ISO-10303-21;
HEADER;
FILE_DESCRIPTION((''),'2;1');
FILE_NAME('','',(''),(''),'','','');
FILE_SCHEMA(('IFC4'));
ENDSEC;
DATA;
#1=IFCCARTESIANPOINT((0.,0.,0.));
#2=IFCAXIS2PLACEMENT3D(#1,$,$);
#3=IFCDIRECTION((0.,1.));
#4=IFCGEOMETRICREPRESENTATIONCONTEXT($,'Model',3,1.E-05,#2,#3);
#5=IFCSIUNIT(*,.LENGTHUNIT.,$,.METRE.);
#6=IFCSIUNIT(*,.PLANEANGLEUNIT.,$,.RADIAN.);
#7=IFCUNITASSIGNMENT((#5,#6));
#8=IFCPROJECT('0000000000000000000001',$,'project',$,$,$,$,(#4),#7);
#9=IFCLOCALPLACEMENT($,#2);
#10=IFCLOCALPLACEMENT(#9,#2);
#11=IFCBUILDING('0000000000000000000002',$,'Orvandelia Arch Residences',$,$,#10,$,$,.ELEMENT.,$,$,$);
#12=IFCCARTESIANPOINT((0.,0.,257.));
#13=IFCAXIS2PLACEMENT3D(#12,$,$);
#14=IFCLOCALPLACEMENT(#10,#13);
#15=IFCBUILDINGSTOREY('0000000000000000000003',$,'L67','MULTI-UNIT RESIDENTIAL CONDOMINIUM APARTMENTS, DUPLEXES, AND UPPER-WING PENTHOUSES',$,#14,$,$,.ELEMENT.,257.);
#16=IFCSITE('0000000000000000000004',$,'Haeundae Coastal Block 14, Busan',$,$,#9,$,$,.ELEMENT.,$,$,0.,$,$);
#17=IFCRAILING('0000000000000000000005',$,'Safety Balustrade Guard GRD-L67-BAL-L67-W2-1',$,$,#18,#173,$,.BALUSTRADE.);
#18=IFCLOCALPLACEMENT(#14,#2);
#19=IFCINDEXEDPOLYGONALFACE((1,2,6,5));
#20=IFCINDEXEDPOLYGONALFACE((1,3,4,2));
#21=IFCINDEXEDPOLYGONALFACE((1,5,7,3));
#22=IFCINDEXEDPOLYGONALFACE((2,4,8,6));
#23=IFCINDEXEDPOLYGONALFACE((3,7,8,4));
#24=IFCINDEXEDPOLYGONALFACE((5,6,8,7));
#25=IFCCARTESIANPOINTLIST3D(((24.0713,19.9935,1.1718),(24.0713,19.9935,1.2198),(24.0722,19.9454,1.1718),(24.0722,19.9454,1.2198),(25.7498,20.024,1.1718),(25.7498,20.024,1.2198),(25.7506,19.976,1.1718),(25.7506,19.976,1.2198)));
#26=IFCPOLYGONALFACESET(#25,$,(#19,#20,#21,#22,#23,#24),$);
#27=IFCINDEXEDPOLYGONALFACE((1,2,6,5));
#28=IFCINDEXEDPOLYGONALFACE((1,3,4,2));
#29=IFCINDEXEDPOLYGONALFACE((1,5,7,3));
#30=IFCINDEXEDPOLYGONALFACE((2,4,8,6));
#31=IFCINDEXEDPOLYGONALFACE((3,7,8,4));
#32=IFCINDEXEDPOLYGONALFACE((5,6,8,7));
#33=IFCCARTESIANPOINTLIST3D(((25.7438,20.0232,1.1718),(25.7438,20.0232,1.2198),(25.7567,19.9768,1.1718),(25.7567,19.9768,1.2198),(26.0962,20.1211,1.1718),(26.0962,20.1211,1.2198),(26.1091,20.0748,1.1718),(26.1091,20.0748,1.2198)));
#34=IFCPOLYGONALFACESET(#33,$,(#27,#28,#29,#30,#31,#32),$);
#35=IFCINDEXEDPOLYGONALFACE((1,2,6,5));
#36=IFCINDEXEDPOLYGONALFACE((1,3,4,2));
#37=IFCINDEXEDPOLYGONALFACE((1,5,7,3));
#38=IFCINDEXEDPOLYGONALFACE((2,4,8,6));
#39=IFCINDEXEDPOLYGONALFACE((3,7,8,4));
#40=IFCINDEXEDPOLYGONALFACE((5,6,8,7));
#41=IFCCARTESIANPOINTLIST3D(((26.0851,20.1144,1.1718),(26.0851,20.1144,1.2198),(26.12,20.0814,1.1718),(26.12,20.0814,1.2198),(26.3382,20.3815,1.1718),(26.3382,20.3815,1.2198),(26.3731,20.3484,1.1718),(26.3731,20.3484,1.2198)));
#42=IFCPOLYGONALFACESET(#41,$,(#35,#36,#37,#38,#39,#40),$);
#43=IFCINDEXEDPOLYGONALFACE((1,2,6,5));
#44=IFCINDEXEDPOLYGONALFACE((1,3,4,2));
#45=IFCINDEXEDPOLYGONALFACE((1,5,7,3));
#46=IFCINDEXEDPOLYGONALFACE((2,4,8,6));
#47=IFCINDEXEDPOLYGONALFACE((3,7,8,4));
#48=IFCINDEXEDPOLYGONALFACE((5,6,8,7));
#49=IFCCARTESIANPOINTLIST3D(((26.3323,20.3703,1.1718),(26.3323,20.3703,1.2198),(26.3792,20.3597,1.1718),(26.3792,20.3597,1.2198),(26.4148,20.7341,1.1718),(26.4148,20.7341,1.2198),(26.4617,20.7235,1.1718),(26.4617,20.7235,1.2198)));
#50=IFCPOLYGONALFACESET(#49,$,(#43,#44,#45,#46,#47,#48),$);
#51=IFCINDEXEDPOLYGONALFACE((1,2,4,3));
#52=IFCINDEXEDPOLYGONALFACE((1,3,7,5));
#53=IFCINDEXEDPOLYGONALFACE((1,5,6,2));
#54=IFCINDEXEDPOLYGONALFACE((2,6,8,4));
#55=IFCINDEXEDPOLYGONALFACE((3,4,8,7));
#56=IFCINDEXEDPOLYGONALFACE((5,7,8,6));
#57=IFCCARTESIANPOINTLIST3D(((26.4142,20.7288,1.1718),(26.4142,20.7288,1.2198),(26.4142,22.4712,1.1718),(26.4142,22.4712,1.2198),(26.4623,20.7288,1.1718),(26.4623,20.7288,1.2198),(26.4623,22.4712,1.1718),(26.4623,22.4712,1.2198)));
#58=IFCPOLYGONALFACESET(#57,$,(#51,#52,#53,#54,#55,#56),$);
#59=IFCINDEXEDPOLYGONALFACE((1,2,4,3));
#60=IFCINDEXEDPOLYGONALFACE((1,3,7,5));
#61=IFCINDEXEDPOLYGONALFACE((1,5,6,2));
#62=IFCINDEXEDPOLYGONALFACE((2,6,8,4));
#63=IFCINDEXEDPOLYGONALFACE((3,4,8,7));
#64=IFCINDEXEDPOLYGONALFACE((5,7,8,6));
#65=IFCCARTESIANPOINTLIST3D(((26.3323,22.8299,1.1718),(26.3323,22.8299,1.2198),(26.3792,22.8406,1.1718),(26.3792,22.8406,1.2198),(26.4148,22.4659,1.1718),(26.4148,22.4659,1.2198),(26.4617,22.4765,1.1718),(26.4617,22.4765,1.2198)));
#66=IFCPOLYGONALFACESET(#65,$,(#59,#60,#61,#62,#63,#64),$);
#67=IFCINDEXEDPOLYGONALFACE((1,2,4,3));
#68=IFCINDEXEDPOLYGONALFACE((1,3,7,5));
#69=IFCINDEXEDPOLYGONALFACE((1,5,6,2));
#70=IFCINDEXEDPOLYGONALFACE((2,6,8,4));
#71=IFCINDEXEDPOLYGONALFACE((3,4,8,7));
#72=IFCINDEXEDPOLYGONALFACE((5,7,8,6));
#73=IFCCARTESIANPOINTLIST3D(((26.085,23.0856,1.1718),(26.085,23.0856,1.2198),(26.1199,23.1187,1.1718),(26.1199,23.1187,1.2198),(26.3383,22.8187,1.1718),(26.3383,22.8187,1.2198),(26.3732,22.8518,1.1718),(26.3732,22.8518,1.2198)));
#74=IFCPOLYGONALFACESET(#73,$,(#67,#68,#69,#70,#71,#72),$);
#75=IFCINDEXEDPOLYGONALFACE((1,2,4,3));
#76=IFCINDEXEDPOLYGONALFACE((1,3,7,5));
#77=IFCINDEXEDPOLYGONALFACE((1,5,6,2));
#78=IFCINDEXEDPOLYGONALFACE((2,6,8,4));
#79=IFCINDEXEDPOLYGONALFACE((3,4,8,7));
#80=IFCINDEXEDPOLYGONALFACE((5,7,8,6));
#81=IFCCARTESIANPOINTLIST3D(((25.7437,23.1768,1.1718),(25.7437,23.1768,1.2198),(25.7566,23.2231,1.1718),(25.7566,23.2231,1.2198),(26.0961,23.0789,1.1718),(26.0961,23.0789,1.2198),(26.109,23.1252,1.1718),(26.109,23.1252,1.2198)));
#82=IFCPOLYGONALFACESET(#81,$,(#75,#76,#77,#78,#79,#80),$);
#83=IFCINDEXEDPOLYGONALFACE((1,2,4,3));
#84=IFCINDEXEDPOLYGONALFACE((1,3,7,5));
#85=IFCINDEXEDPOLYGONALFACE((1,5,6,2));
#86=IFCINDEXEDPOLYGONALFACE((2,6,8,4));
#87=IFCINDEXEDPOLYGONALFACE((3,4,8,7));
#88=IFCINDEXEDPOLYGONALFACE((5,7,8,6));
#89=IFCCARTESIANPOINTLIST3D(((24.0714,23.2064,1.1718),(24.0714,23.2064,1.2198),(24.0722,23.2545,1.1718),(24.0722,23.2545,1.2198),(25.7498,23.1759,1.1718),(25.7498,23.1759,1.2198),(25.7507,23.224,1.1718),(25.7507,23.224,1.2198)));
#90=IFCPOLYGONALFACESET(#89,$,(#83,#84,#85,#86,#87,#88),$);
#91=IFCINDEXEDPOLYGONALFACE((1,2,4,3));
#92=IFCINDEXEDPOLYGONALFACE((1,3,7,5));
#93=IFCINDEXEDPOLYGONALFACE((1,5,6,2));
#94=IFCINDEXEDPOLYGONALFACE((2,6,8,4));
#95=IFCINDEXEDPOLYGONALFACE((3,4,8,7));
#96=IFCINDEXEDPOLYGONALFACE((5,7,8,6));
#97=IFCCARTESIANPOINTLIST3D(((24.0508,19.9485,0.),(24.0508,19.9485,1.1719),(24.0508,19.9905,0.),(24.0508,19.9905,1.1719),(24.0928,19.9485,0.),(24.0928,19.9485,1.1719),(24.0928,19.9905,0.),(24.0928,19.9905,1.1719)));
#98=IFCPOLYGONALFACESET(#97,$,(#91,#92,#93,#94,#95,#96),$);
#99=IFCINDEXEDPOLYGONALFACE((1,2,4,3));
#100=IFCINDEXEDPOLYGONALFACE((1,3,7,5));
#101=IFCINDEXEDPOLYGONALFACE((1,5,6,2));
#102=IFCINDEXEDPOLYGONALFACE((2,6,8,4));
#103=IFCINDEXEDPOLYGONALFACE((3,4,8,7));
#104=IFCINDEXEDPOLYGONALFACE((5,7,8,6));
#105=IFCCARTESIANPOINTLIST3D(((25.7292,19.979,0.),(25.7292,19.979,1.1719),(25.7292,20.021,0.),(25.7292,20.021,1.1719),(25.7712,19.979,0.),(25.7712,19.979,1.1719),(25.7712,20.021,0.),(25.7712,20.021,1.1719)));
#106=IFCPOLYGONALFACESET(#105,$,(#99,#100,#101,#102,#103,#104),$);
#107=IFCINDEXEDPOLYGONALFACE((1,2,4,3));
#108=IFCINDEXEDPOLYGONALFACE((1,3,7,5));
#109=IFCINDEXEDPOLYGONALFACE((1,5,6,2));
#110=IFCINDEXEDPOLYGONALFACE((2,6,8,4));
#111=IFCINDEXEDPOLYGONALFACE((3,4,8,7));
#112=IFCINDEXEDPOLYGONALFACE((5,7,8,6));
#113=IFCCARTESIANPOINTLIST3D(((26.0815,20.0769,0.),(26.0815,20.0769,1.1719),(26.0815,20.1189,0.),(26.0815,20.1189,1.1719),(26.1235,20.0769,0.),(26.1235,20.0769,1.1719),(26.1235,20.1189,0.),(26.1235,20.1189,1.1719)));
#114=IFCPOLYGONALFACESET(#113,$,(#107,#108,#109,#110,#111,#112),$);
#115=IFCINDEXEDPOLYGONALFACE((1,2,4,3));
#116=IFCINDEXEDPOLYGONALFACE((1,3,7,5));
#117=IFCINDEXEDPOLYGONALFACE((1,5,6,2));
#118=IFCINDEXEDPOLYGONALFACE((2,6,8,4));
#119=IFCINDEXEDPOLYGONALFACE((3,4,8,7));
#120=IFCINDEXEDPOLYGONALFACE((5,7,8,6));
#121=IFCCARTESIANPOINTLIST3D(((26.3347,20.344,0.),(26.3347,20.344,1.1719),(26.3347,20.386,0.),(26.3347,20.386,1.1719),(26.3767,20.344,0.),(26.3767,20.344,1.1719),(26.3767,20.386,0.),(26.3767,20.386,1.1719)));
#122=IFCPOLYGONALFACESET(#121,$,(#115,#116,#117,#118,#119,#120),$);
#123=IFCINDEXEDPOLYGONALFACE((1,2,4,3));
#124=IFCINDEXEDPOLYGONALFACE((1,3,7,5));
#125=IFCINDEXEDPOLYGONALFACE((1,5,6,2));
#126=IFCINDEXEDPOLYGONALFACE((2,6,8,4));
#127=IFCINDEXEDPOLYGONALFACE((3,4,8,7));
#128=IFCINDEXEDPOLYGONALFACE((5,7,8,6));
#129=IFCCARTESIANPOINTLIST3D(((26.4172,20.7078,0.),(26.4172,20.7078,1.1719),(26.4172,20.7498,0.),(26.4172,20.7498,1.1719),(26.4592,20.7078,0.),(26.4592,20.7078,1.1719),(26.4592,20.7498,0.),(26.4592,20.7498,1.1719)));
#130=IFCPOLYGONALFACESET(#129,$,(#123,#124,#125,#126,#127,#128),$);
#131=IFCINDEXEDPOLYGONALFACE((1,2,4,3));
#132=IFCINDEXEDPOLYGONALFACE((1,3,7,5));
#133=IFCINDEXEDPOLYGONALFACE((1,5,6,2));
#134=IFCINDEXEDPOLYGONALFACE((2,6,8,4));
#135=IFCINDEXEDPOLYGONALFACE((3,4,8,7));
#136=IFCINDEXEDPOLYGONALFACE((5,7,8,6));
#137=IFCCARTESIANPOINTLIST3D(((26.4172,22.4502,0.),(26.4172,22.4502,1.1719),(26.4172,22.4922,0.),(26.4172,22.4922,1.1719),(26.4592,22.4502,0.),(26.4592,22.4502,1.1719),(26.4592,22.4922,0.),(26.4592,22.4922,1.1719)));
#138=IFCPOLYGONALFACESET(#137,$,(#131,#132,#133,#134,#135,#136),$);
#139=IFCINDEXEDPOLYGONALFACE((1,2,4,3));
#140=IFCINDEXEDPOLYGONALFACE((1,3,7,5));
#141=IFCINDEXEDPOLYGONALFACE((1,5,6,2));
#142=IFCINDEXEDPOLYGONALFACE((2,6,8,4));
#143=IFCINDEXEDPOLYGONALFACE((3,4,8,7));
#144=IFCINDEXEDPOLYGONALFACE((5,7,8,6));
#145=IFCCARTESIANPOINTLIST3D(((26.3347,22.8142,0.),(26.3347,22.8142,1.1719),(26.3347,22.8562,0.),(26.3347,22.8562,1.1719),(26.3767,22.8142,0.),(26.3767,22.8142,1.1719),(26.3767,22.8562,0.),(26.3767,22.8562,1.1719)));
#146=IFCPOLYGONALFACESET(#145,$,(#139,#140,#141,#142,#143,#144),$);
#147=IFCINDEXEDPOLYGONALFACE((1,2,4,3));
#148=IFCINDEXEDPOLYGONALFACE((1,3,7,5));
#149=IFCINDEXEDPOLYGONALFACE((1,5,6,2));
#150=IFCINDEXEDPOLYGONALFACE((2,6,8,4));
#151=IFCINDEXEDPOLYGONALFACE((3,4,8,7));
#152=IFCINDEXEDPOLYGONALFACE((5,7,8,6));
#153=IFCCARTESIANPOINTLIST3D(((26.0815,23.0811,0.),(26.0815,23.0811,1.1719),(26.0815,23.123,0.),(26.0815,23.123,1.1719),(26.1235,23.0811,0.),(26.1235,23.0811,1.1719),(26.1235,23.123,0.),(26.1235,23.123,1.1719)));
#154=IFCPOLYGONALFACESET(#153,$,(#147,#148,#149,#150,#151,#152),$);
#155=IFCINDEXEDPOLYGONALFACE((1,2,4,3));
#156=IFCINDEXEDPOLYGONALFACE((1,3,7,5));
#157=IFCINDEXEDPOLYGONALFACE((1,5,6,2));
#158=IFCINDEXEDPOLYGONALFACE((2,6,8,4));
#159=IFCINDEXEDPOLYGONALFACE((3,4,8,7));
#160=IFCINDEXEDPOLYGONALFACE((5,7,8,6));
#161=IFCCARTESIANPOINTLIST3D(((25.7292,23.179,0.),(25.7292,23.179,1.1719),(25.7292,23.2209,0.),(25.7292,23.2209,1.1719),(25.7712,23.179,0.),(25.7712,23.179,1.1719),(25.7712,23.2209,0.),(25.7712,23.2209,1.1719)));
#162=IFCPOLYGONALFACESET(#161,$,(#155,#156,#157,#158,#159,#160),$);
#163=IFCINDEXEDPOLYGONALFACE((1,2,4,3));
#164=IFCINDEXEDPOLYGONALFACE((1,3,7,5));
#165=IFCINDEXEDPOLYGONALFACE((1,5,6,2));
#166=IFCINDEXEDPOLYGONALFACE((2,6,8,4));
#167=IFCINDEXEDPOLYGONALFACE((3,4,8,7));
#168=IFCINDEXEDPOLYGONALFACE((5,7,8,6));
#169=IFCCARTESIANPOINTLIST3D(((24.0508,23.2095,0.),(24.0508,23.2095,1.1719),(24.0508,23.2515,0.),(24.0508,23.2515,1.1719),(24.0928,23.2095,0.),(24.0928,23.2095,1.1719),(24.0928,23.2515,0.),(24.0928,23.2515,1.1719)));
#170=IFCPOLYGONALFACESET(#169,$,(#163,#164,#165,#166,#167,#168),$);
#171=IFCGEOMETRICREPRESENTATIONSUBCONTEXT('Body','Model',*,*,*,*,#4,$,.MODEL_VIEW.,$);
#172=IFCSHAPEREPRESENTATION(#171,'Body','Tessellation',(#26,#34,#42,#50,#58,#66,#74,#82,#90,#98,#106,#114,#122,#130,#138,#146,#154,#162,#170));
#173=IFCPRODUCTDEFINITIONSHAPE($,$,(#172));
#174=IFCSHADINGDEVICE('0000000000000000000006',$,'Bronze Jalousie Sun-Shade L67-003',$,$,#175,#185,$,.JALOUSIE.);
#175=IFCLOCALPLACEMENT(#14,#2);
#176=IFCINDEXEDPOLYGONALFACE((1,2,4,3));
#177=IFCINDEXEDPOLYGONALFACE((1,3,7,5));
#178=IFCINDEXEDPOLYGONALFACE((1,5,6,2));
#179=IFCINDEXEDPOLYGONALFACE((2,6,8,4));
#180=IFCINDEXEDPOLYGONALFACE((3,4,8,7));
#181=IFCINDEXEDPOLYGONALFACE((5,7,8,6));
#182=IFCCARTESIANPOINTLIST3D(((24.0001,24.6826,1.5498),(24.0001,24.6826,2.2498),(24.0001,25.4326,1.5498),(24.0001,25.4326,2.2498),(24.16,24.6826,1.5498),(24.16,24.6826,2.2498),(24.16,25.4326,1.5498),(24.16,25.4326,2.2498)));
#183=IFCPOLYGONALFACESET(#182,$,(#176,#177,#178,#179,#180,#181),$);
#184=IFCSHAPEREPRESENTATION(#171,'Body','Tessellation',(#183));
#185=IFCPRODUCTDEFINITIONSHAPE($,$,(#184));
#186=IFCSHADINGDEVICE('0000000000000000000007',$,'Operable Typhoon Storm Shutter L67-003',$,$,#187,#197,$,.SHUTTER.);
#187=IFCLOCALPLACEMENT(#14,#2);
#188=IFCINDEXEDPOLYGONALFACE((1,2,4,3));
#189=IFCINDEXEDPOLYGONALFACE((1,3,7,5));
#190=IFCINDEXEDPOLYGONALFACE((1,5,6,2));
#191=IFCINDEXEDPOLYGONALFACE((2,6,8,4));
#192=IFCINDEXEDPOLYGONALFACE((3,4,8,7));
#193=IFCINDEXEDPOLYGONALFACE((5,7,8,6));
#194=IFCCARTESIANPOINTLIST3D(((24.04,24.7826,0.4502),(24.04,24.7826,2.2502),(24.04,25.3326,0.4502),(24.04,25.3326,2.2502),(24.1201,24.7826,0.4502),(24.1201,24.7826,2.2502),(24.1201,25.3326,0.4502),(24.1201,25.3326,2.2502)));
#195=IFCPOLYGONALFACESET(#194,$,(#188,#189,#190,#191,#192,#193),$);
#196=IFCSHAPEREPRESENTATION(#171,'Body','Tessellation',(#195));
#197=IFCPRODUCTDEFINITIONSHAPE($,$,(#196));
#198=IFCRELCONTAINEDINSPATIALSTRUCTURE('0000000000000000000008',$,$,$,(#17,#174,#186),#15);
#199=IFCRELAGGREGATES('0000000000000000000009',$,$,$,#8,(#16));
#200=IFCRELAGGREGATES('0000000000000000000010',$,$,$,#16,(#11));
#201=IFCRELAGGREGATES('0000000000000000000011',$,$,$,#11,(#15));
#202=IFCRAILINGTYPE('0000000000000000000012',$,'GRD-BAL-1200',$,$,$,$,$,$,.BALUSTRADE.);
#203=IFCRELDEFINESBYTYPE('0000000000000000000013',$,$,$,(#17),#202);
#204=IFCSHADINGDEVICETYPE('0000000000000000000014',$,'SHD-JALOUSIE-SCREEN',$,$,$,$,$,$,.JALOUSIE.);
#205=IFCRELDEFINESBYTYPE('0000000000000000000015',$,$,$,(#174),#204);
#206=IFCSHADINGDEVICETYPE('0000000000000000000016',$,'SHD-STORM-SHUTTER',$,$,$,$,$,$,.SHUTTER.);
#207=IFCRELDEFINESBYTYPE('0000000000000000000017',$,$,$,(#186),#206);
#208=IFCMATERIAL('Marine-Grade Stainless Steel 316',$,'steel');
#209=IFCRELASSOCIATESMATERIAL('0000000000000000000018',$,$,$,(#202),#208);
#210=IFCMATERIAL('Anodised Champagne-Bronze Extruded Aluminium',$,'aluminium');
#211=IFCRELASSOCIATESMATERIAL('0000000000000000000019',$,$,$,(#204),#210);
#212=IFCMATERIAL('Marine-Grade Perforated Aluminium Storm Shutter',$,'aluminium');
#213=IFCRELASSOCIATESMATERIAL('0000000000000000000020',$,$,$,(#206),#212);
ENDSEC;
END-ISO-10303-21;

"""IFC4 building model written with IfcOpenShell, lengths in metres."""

from ifc_helpers import new_model, si_unit, direction, frame, origin, origin_2d, place, context, subcontext, project, spatial, rectangle, extrude, material, type_object, element, save


model = new_model("IFC4")

# Units and contexts
model_context = context("Model", 3, precision=1e-05, world=origin(), true_north=direction((0.0, 1.0)))
body_context = subcontext(model_context, "Body", "Model", "MODEL_VIEW")
ifc_project = project(units=[si_unit("LENGTHUNIT", "METRE"), si_unit("PLANEANGLEUNIT", "RADIAN")], contexts=[model_context])

# Site, building, storey
site_placement = place(None, origin())
site = spatial("IfcSite", under=ifc_project, at=site_placement, Name="Haeundae Coastal Block 14, Busan", CompositionType="ELEMENT", RefElevation=0.0)
building_placement = place(site_placement, origin())
building = spatial("IfcBuilding", under=site, at=building_placement, Name="Orvandelia Arch Residences", CompositionType="ELEMENT")
storey_placement = place(building_placement, frame((0.0, 0.0, 257.0)))
storey = spatial("IfcBuildingStorey", under=building, at=storey_placement, Name="L67", Description="MULTI-UNIT RESIDENTIAL CONDOMINIUM APARTMENTS, DUPLEXES, AND UPPER-WING PENTHOUSES", CompositionType="ELEMENT", Elevation=257.0)

# Railing
ifc_material_1 = material(Name="Marine-Grade Stainless Steel 316", Category="steel")
railing_type = type_object("IfcRailingType", Name="GRD-BAL-1200", PredefinedType="BALUSTRADE", material=ifc_material_1)
railing_placement = place(storey_placement, frame((24.0718, 19.9695, 0.0)))
element("IfcRailing", 1, at=railing_placement, inside=storey, type_object=railing_type, Name="Safety Balustrade Guard GRD-L67-BAL-L67-W2-1", PredefinedType="BALUSTRADE", context=body_context, shape_type="SweptSolid", body=[
    extrude(rectangle(XDim=0.0481, YDim=0.0481, at=origin_2d()), frame((0.0, 0.0, 1.1958), z_axis=(0.999835, 0.018179, 0.0), x_axis=(-0.018179, 0.999835, 0.0)), (0.0, 0.0, 1.0), 1.6787),
    extrude(rectangle(XDim=0.0481, YDim=0.0481, at=origin_2d()), frame((1.6785, 0.0305, 1.1958), z_axis=(0.963489, 0.267747, 0.0), x_axis=(-0.267747, 0.963489, 0.0)), (0.0, 0.0, 1.0), 0.3657),
    extrude(rectangle(XDim=0.0481, YDim=0.0481, at=origin_2d()), frame((2.0308, 0.1284, 1.1958), z_axis=(0.687947, 0.725761, 0.0), x_axis=(-0.725761, 0.687947, 0.0)), (0.0, 0.0, 1.0), 0.3679),
    extrude(rectangle(XDim=0.0481, YDim=0.0481, at=origin_2d()), frame((2.2839, 0.3955, 1.1958), z_axis=(0.221225, 0.975223, 0.0), x_axis=(-0.975223, 0.221225, 0.0)), (0.0, 0.0, 1.0), 0.373),
    extrude(rectangle(XDim=0.0481, YDim=0.0481, at=origin_2d()), frame((2.3665, 0.7593, 1.1958), z_axis=(0.0, 1.0, 0.0), x_axis=(-1.0, 0.0, 0.0)), (0.0, 0.0, 1.0), 1.7424),
    extrude(rectangle(XDim=0.0481, YDim=0.0481, at=origin_2d()), frame((2.3665, 2.5017, 1.1958), z_axis=(-0.221084, 0.975255, 0.0), x_axis=(-0.975255, -0.221084, 0.0)), (0.0, 0.0, 1.0), 0.3733),
    extrude(rectangle(XDim=0.0481, YDim=0.0481, at=origin_2d()), frame((2.2839, 2.8657, 1.1958), z_axis=(-0.688278, 0.725447, 0.0), x_axis=(-0.725447, -0.688278, 0.0)), (0.0, 0.0, 1.0), 0.3679),
    extrude(rectangle(XDim=0.0481, YDim=0.0481, at=origin_2d()), frame((2.0308, 3.1326, 1.1958), z_axis=(-0.963489, 0.267747, 0.0), x_axis=(-0.267747, -0.963489, 0.0)), (0.0, 0.0, 1.0), 0.3657),
    extrude(rectangle(XDim=0.0481, YDim=0.0481, at=origin_2d()), frame((1.6785, 3.2305, 1.1958), z_axis=(-0.999835, 0.018179, 0.0), x_axis=(-0.018179, -0.999835, 0.0)), (0.0, 0.0, 1.0), 1.6787),
    extrude(rectangle(XDim=0.042, YDim=0.042, at=origin_2d()), origin(), (0.0, 0.0, 1.0), 1.1719),
    extrude(rectangle(XDim=0.042, YDim=0.042, at=origin_2d()), frame((1.6785, 0.0305, 0.0)), (0.0, 0.0, 1.0), 1.1719),
    extrude(rectangle(XDim=0.042, YDim=0.042, at=origin_2d()), frame((2.0308, 0.1284, 0.0)), (0.0, 0.0, 1.0), 1.1719),
    extrude(rectangle(XDim=0.042, YDim=0.042, at=origin_2d()), frame((2.2839, 0.3955, 0.0)), (0.0, 0.0, 1.0), 1.1719),
    extrude(rectangle(XDim=0.042, YDim=0.042, at=origin_2d()), frame((2.3665, 0.7593, 0.0)), (0.0, 0.0, 1.0), 1.1719),
    extrude(rectangle(XDim=0.042, YDim=0.042, at=origin_2d()), frame((2.3665, 2.5017, 0.0)), (0.0, 0.0, 1.0), 1.1719),
    extrude(rectangle(XDim=0.042, YDim=0.042, at=origin_2d()), frame((2.2839, 2.8657, 0.0)), (0.0, 0.0, 1.0), 1.1719),
    extrude(rectangle(XDim=0.042, YDim=0.042, at=origin_2d()), frame((2.0308, 3.1326, 0.0)), (0.0, 0.0, 1.0), 1.1719),
    extrude(rectangle(XDim=0.042, YDim=0.042, at=origin_2d()), frame((1.6785, 3.2305, 0.0)), (0.0, 0.0, 1.0), 1.1719),
    extrude(rectangle(XDim=0.042, YDim=0.042, at=origin_2d()), frame((0.0, 3.261, 0.0)), (0.0, 0.0, 1.0), 1.1719),
])

# Shading devices
ifc_material_2 = material(Name="Anodised Champagne-Bronze Extruded Aluminium", Category="aluminium")
shading_device_type_1 = type_object("IfcShadingDeviceType", Name="SHD-JALOUSIE-SCREEN", PredefinedType="JALOUSIE", material=ifc_material_2)
shading_device_1_placement = place(storey_placement, frame((24.0801, 25.0576, 1.5498), z_axis=(0.0, 0.0, 1.0), x_axis=(0.0, -1.0, 0.0)))
element("IfcShadingDevice", 2, at=shading_device_1_placement, inside=storey, type_object=shading_device_type_1, Name="Bronze Jalousie Sun-Shade L67-003", PredefinedType="JALOUSIE", context=body_context, shape_type="SweptSolid", body=[
    extrude(rectangle(XDim=0.75, YDim=0.1599, at=origin_2d()), origin(), (0.0, 0.0, 1.0), 0.7),
])
ifc_material_3 = material(Name="Marine-Grade Perforated Aluminium Storm Shutter", Category="aluminium")
shading_device_type_2 = type_object("IfcShadingDeviceType", Name="SHD-STORM-SHUTTER", PredefinedType="SHUTTER", material=ifc_material_3)
shading_device_2_placement = place(storey_placement, frame((24.0801, 25.0576, 0.4502), z_axis=(0.0, 0.0, 1.0), x_axis=(0.0, -1.0, 0.0)))
element("IfcShadingDevice", 3, at=shading_device_2_placement, inside=storey, type_object=shading_device_type_2, Name="Operable Typhoon Storm Shutter L67-003", PredefinedType="SHUTTER", context=body_context, shape_type="SweptSolid", body=[
    extrude(rectangle(XDim=0.55, YDim=0.0801, at=origin_2d()), origin(), (0.0, 0.0, 1.0), 1.8),
])

save(model, "model.ifc")
